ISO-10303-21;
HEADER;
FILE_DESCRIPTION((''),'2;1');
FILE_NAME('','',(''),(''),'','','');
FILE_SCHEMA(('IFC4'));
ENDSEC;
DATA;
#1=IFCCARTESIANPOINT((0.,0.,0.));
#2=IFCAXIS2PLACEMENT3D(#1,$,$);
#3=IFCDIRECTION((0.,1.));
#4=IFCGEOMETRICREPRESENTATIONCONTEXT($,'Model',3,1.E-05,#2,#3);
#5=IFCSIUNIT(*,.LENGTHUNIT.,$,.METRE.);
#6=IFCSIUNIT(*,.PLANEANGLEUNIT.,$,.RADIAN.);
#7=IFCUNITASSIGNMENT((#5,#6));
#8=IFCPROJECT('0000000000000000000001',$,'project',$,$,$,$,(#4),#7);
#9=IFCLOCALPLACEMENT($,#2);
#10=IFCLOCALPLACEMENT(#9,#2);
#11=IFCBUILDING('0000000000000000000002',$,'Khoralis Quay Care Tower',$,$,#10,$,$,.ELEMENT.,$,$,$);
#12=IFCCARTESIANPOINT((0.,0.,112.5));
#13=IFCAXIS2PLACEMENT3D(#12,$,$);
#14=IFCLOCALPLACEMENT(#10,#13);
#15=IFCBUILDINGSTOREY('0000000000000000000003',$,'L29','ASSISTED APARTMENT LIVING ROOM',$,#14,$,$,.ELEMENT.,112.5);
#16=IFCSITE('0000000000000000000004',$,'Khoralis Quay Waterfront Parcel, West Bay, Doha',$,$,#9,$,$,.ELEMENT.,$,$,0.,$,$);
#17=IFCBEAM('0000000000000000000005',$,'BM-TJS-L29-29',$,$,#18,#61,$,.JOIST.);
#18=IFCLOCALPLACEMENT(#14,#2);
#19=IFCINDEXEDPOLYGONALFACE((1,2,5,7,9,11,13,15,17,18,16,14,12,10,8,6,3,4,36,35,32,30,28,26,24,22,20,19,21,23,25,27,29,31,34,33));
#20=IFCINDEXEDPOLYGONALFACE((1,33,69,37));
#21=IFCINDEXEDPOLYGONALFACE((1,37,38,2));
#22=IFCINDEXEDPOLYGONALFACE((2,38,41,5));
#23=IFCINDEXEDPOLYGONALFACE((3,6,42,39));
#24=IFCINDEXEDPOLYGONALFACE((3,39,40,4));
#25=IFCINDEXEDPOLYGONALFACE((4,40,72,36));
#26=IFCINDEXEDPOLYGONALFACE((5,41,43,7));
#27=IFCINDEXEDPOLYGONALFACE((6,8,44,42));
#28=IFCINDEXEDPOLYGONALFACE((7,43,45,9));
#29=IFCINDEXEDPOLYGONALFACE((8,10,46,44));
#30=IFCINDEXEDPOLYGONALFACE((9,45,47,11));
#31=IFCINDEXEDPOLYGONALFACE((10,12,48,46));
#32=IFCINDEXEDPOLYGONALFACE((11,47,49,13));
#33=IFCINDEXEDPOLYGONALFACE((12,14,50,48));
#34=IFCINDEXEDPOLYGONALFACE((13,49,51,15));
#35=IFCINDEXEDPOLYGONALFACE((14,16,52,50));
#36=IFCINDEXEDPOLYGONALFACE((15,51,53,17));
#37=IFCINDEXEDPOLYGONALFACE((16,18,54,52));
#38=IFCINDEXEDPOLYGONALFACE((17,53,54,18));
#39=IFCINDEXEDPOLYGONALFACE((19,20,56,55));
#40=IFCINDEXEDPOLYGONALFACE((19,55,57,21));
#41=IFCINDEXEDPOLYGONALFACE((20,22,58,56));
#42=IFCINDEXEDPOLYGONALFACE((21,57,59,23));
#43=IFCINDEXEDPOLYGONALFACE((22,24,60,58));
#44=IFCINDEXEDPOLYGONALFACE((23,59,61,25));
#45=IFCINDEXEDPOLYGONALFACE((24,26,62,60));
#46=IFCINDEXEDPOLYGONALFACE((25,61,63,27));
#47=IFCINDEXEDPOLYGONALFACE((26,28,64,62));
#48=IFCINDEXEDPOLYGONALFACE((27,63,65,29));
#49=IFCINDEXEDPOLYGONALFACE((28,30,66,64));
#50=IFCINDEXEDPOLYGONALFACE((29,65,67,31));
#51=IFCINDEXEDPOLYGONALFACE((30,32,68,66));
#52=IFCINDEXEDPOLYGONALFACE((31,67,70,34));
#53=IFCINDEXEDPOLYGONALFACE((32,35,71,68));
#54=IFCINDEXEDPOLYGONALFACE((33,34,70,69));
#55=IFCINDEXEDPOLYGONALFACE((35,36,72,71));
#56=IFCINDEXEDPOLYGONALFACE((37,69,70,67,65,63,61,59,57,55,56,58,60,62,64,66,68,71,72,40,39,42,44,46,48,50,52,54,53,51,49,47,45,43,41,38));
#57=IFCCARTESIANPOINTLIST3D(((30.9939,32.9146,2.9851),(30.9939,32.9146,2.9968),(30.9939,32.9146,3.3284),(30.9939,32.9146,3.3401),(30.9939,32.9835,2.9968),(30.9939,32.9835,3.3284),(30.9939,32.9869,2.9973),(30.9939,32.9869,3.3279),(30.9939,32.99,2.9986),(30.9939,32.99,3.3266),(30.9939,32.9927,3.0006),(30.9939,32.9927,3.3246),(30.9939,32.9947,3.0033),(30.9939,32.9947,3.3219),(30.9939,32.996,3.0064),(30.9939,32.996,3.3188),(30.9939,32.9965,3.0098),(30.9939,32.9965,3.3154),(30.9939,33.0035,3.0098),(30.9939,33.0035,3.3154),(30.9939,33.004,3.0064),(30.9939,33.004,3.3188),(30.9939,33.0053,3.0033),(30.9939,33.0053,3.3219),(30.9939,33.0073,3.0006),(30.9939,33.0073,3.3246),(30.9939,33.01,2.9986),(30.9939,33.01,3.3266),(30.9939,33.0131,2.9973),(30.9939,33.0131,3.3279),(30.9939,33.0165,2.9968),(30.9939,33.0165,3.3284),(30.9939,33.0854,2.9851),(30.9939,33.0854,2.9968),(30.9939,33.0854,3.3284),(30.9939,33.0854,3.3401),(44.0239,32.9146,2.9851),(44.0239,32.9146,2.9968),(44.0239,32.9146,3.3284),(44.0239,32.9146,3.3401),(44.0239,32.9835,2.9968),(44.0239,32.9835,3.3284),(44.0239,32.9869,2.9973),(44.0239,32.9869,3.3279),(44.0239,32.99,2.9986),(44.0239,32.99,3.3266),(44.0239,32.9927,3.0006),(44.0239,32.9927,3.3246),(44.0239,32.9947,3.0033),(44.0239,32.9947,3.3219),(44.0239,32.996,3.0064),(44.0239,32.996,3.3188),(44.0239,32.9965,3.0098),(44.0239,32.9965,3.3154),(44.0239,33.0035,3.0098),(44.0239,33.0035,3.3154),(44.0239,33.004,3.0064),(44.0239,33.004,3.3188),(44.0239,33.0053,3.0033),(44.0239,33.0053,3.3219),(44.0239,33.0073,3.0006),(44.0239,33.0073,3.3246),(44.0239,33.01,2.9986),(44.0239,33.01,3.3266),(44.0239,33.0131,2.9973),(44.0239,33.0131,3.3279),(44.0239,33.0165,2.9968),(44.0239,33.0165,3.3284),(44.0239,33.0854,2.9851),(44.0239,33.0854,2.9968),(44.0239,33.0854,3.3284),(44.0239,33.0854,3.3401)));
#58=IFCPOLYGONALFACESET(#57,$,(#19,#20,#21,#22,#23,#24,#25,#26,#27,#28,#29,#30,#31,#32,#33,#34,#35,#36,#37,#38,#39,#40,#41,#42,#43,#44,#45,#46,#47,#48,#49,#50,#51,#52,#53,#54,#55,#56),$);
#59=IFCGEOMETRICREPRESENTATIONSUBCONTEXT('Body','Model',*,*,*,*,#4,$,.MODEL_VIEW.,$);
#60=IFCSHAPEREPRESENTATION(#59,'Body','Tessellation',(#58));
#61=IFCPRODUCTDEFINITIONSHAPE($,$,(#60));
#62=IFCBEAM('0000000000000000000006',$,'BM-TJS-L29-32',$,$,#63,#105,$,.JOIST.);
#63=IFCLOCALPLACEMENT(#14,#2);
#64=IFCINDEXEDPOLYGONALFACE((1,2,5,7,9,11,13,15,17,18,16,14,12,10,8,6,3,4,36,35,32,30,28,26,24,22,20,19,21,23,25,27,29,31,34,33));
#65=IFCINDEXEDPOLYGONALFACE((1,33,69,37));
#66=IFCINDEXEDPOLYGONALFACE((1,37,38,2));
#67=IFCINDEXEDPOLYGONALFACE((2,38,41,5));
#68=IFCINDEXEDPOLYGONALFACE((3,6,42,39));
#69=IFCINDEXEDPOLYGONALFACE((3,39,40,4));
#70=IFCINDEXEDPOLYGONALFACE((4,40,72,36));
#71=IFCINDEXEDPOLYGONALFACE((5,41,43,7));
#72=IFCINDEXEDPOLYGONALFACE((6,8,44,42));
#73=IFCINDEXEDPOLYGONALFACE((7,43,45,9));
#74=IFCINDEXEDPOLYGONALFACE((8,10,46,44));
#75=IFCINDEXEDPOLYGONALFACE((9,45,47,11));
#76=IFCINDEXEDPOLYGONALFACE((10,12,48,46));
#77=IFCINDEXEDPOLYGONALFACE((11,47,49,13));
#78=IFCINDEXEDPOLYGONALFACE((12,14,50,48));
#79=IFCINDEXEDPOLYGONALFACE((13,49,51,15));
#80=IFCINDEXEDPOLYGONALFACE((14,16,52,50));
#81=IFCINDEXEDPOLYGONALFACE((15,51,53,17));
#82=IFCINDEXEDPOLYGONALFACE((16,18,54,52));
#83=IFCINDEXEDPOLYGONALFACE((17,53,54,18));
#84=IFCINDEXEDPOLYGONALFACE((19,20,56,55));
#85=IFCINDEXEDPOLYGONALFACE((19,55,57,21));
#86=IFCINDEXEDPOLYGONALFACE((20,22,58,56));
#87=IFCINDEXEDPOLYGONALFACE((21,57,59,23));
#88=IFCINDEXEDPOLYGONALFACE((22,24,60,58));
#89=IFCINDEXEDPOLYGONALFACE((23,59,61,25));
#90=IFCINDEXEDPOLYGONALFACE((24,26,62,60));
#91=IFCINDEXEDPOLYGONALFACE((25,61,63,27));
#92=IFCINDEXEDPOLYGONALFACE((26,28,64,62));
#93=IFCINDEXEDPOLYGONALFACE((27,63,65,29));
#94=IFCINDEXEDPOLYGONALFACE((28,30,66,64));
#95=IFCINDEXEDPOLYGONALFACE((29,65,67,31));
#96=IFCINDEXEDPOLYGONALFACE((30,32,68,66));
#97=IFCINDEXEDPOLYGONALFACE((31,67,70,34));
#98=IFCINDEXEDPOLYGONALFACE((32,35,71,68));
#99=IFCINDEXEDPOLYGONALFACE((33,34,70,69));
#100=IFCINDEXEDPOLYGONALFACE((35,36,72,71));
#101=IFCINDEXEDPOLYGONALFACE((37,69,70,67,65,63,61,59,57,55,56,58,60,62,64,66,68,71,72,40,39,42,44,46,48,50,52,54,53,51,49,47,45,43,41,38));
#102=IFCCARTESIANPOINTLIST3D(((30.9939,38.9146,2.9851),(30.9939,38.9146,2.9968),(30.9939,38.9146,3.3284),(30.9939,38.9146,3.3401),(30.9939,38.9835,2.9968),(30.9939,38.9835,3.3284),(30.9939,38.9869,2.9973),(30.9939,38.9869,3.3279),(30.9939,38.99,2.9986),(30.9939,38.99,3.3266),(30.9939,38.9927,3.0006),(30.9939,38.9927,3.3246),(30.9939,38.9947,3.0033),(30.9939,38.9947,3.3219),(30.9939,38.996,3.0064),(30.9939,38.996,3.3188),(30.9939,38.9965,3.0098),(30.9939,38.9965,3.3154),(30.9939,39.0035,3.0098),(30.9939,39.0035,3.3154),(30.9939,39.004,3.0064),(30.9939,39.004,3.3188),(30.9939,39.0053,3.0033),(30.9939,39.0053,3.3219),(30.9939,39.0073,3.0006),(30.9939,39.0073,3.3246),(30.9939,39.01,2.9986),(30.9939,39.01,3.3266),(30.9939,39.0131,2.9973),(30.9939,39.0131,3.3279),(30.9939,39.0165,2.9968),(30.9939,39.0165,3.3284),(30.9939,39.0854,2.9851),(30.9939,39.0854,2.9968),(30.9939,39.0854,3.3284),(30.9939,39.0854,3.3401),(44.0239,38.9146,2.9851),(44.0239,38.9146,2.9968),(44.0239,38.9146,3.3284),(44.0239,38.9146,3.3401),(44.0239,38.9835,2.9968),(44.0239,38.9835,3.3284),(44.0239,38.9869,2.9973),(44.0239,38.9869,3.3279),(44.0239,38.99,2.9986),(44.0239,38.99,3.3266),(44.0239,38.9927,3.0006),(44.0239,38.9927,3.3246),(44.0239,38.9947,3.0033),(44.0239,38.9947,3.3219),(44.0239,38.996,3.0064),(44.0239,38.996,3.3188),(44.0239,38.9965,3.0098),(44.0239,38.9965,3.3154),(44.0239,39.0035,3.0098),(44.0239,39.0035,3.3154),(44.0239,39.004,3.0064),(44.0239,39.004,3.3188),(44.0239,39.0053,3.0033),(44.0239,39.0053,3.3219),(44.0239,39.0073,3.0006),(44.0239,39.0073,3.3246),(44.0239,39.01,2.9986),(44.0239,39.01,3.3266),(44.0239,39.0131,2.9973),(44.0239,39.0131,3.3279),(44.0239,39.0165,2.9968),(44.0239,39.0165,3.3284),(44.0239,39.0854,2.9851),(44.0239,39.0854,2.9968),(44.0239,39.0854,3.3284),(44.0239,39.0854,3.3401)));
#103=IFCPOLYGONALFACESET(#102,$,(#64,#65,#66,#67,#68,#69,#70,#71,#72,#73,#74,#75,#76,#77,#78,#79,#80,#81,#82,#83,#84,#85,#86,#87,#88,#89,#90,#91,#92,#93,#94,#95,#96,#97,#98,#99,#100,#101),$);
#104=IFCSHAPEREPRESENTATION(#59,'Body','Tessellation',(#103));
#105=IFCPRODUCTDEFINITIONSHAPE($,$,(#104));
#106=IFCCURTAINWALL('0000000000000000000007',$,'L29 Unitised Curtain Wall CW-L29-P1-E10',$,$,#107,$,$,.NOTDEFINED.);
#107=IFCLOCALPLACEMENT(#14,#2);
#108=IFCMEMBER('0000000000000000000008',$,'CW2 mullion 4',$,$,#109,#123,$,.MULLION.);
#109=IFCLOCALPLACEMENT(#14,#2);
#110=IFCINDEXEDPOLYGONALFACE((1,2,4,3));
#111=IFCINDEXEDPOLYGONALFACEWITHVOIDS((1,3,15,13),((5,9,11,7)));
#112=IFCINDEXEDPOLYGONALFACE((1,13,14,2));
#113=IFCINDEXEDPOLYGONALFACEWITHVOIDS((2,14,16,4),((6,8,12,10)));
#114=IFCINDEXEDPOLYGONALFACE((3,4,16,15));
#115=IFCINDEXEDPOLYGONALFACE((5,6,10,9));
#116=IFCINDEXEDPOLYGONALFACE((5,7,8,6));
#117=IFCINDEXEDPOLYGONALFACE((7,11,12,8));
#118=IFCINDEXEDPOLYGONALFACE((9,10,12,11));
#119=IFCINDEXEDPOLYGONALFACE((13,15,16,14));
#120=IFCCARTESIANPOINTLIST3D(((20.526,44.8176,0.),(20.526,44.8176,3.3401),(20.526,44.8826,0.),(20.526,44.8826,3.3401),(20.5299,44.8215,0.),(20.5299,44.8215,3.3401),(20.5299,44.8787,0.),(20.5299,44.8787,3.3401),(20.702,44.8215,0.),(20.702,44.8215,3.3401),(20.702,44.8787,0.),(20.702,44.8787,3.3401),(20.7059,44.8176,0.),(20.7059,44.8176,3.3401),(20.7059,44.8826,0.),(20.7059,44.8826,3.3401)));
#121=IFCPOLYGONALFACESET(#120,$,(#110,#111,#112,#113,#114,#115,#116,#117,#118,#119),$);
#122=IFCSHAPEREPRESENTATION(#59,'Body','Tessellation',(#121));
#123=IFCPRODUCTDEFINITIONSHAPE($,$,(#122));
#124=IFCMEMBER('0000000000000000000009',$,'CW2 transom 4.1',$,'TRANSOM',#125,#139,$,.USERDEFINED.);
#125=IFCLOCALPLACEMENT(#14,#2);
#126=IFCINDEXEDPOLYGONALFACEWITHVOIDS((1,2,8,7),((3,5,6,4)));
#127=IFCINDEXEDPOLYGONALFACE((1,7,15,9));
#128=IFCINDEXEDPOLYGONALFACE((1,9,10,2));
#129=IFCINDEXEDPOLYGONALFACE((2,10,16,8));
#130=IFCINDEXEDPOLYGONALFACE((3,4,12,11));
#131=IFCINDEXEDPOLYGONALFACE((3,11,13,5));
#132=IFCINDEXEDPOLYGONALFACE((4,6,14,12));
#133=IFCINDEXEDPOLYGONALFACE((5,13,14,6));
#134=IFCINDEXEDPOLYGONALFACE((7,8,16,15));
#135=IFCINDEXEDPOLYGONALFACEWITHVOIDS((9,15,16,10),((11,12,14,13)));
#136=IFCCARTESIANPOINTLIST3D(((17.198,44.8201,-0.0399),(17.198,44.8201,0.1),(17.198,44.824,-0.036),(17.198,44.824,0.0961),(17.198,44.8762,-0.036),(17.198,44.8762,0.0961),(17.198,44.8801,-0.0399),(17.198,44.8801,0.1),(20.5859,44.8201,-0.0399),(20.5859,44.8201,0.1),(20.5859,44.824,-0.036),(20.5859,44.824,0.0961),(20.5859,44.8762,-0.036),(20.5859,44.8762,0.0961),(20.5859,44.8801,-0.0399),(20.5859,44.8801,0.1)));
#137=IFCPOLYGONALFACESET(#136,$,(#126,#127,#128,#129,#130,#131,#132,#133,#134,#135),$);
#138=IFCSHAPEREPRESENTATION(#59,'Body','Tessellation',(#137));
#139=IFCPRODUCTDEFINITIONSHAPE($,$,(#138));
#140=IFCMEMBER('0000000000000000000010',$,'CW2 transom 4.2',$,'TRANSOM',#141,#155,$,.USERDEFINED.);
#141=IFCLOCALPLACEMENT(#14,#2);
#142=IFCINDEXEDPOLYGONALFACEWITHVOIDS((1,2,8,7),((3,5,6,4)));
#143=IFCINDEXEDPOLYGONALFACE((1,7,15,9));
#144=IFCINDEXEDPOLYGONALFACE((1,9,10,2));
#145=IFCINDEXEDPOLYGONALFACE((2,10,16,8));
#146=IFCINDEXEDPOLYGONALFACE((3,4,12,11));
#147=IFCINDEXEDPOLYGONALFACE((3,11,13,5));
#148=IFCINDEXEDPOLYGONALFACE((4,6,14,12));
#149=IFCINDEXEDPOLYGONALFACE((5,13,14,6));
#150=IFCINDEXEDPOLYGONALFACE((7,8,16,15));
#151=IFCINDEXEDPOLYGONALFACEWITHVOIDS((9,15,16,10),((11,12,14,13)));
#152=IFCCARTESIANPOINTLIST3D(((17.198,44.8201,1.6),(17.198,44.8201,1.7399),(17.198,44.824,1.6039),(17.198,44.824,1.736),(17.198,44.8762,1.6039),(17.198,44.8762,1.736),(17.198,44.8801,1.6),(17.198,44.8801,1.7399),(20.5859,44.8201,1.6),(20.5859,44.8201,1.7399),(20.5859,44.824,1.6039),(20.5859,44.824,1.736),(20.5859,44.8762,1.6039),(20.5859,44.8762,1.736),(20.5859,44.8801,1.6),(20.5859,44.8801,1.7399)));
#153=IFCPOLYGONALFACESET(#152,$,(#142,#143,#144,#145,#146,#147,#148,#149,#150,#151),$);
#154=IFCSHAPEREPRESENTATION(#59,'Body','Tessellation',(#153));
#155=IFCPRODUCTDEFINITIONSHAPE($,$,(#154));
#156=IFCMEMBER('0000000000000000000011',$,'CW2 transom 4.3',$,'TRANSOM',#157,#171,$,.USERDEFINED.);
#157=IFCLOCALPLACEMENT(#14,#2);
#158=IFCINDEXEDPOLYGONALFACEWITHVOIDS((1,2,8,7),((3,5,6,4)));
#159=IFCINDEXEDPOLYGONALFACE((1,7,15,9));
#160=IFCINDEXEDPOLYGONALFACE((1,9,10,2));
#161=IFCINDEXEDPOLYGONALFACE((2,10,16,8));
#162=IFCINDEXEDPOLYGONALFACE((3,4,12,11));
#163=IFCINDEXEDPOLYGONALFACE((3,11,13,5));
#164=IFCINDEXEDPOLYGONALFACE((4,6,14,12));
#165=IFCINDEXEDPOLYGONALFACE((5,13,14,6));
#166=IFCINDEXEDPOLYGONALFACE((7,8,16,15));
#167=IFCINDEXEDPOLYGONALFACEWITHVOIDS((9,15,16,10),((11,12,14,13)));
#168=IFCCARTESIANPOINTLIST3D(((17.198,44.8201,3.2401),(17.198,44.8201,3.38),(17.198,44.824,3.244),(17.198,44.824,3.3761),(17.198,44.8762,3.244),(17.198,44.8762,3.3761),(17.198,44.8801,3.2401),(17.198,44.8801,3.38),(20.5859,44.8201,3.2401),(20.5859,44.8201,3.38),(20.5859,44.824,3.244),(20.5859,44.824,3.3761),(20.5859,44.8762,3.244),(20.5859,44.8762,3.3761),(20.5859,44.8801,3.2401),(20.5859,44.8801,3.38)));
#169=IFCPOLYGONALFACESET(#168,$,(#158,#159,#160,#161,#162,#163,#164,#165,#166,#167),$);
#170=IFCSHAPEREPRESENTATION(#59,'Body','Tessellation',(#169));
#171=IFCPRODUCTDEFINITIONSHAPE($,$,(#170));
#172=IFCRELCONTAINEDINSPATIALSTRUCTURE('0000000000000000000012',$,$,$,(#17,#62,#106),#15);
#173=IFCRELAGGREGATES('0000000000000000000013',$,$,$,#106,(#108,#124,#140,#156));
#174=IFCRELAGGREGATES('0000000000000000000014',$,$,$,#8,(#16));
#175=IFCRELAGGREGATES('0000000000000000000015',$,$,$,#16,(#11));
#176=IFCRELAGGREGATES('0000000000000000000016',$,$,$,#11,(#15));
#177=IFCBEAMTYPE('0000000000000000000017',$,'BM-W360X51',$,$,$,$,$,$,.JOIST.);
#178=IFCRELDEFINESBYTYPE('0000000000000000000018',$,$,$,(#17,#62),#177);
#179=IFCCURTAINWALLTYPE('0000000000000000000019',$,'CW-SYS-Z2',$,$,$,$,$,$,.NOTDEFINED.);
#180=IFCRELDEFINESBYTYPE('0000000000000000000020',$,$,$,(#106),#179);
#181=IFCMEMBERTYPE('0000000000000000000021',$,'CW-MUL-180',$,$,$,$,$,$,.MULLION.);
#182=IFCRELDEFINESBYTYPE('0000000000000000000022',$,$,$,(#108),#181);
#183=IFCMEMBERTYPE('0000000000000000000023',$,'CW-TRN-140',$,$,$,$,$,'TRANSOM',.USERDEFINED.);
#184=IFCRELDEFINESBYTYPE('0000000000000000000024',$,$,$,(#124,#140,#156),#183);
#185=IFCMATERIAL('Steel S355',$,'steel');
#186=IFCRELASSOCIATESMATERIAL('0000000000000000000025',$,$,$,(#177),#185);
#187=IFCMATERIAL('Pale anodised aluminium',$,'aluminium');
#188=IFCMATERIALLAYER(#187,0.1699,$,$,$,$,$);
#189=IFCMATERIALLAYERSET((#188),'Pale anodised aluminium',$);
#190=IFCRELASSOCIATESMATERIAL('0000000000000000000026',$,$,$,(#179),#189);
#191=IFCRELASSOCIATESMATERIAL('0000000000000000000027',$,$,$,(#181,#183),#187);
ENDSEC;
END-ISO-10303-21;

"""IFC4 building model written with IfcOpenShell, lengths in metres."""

from ifc_helpers import new_model, si_unit, direction, frame, origin, origin_2d, place, context, subcontext, project, spatial, hollow_rectangle, i_section, extrude, source, transform, mapped, material, layer, layer_set, material_profile, profile_set, type_object, element, aggregate, save


model = new_model("IFC4")

# Units and contexts
model_context = context("Model", 3, precision=1e-05, world=origin(), true_north=direction((0.0, 1.0)))
body_context = subcontext(model_context, "Body", "Model", "MODEL_VIEW")
ifc_project = project(units=[si_unit("LENGTHUNIT", "METRE"), si_unit("PLANEANGLEUNIT", "RADIAN")], contexts=[model_context])

# Site, building, storey
site_placement = place(None, origin())
site = spatial("IfcSite", under=ifc_project, at=site_placement, Name="Khoralis Quay Waterfront Parcel, West Bay, Doha", CompositionType="ELEMENT", RefElevation=0.0)
building_placement = place(site_placement, origin())
building = spatial("IfcBuilding", under=site, at=building_placement, Name="Khoralis Quay Care Tower", CompositionType="ELEMENT")
storey_placement = place(building_placement, frame((0.0, 0.0, 112.5)))
storey = spatial("IfcBuildingStorey", under=building, at=storey_placement, Name="L29", Description="ASSISTED APARTMENT LIVING ROOM", CompositionType="ELEMENT", Elevation=112.5)

# Beams
ifc_material_1 = material(Name="Steel S355", Category="steel")
ifc_material_profile_1 = material_profile(ifc_material_1, i_section(OverallWidth=0.1709, OverallDepth=0.355, WebThickness=0.0071, FlangeThickness=0.0117, FilletRadius=0.0129, at=origin_2d()), Name="Steel S355")
ifc_profile_set_1 = profile_set([ifc_material_profile_1], Name="Steel S355")
beam_type_1 = type_object("IfcBeamType", Name="BM-W360X51", PredefinedType="JOIST", material=ifc_profile_set_1)
shared_shape_1 = source(origin(), body_context, "Body", "SweptSolid", [
    extrude(i_section(OverallWidth=0.1709, OverallDepth=0.355, WebThickness=0.0071, FlangeThickness=0.0117, FilletRadius=0.0129, at=origin_2d()), origin(), (0.0, 0.0, 1.0), 13.03),
])
for number, where, z_axis, x_axis, name in (
    (1, (30.9939, 33.0, 3.1626), (1.0, 0.0, 0.0), (0.0, 1.0, 0.0), "BM-TJS-L29-29"),
    (2, (30.9939, 39.0, 3.1626), (1.0, 0.0, 0.0), (0.0, 1.0, 0.0), "BM-TJS-L29-32"),
):
    element("IfcBeam", number, at=place(storey_placement, frame(where, z_axis=z_axis, x_axis=x_axis)), inside=storey, type_object=beam_type_1, Name=name, PredefinedType="JOIST", context=body_context, shape_type="MappedRepresentation", body=[
        mapped(shared_shape_1, transform((0.0, 0.0, 0.0), scale=1.0)),
    ])

# Curtain wall, members
ifc_material_2 = material(Name="Pale anodised aluminium", Category="aluminium")
ifc_layer_1 = layer(ifc_material_2, 0.1699)
ifc_layer_set_1 = layer_set([ifc_layer_1], Name="Pale anodised aluminium")
curtain_wall_type = type_object("IfcCurtainWallType", Name="CW-SYS-Z2", PredefinedType="NOTDEFINED", material=ifc_layer_set_1)
curtain_wall_placement = place(storey_placement, origin())
curtain_wall = element("IfcCurtainWall", 3, at=curtain_wall_placement, inside=storey, type_object=curtain_wall_type, Name="L29 Unitised Curtain Wall CW-L29-P1-E10", PredefinedType="NOTDEFINED")
ifc_material_profile_2 = material_profile(ifc_material_2, hollow_rectangle(XDim=0.0649, YDim=0.1799, WallThickness=0.0039, at=origin_2d()), Name="Pale anodised aluminium")
ifc_profile_set_2 = profile_set([ifc_material_profile_2], Name="Pale anodised aluminium")
member_type_1 = type_object("IfcMemberType", Name="CW-MUL-180", PredefinedType="MULLION", material=ifc_profile_set_2)
shared_shape_2 = source(origin(), body_context, "Body", "SweptSolid", [
    extrude(hollow_rectangle(XDim=0.0649, YDim=0.1799, WallThickness=0.0039, at=origin_2d()), origin(), (0.0, 0.0, 1.0), 3.3401),
])
member_1_placement = place(storey_placement, frame((20.616, 44.8501, 0.0), z_axis=(0.0, 0.0, 1.0), x_axis=(0.0, -1.0, 0.0)))
member_1 = element("IfcMember", 4, at=member_1_placement, type_object=member_type_1, Name="CW2 mullion 4", PredefinedType="MULLION", context=body_context, shape_type="MappedRepresentation", body=[
    mapped(shared_shape_2, transform((0.0, 0.0, 0.0), scale=1.0)),
])
ifc_material_profile_3 = material_profile(ifc_material_2, hollow_rectangle(XDim=0.0601, YDim=0.1399, WallThickness=0.0039, at=origin_2d()), Name="Pale anodised aluminium")
ifc_profile_set_3 = profile_set([ifc_material_profile_3], Name="Pale anodised aluminium")
member_type_2 = type_object("IfcMemberType", Name="CW-TRN-140", ElementType="TRANSOM", PredefinedType="USERDEFINED", material=ifc_profile_set_3)
shared_shape_3 = source(origin(), body_context, "Body", "SweptSolid", [
    extrude(hollow_rectangle(XDim=0.0601, YDim=0.1399, WallThickness=0.0039, at=origin_2d()), origin(), (0.0, 0.0, 1.0), 3.3879),
])
member_2_placement = place(storey_placement, frame((20.5859, 44.8501, 0.03), z_axis=(-1.0, 0.0, 0.0), x_axis=(0.0, -1.0, 0.0)))
member_2 = element("IfcMember", 5, at=member_2_placement, type_object=member_type_2, Name="CW2 transom 4.1", ObjectType="TRANSOM", PredefinedType="USERDEFINED", context=body_context, shape_type="MappedRepresentation", body=[
    mapped(shared_shape_3, transform((0.0, 0.0, 0.0), scale=1.0)),
])
member_3_placement = place(storey_placement, frame((20.5859, 44.8501, 1.6699), z_axis=(-1.0, 0.0, 0.0), x_axis=(0.0, -1.0, 0.0)))
member_3 = element("IfcMember", 6, at=member_3_placement, type_object=member_type_2, Name="CW2 transom 4.2", ObjectType="TRANSOM", PredefinedType="USERDEFINED", context=body_context, shape_type="MappedRepresentation", body=[
    mapped(shared_shape_3, transform((0.0, 0.0, 0.0), scale=1.0)),
])
member_4_placement = place(storey_placement, frame((20.5859, 44.8501, 3.3101), z_axis=(-1.0, 0.0, 0.0), x_axis=(0.0, -1.0, 0.0)))
member_4 = element("IfcMember", 7, at=member_4_placement, type_object=member_type_2, Name="CW2 transom 4.3", ObjectType="TRANSOM", PredefinedType="USERDEFINED", context=body_context, shape_type="MappedRepresentation", body=[
    mapped(shared_shape_3, transform((0.0, 0.0, 0.0), scale=1.0)),
])
aggregate(curtain_wall, [member_1, member_2, member_3, member_4])

save(model, "model.ifc")
